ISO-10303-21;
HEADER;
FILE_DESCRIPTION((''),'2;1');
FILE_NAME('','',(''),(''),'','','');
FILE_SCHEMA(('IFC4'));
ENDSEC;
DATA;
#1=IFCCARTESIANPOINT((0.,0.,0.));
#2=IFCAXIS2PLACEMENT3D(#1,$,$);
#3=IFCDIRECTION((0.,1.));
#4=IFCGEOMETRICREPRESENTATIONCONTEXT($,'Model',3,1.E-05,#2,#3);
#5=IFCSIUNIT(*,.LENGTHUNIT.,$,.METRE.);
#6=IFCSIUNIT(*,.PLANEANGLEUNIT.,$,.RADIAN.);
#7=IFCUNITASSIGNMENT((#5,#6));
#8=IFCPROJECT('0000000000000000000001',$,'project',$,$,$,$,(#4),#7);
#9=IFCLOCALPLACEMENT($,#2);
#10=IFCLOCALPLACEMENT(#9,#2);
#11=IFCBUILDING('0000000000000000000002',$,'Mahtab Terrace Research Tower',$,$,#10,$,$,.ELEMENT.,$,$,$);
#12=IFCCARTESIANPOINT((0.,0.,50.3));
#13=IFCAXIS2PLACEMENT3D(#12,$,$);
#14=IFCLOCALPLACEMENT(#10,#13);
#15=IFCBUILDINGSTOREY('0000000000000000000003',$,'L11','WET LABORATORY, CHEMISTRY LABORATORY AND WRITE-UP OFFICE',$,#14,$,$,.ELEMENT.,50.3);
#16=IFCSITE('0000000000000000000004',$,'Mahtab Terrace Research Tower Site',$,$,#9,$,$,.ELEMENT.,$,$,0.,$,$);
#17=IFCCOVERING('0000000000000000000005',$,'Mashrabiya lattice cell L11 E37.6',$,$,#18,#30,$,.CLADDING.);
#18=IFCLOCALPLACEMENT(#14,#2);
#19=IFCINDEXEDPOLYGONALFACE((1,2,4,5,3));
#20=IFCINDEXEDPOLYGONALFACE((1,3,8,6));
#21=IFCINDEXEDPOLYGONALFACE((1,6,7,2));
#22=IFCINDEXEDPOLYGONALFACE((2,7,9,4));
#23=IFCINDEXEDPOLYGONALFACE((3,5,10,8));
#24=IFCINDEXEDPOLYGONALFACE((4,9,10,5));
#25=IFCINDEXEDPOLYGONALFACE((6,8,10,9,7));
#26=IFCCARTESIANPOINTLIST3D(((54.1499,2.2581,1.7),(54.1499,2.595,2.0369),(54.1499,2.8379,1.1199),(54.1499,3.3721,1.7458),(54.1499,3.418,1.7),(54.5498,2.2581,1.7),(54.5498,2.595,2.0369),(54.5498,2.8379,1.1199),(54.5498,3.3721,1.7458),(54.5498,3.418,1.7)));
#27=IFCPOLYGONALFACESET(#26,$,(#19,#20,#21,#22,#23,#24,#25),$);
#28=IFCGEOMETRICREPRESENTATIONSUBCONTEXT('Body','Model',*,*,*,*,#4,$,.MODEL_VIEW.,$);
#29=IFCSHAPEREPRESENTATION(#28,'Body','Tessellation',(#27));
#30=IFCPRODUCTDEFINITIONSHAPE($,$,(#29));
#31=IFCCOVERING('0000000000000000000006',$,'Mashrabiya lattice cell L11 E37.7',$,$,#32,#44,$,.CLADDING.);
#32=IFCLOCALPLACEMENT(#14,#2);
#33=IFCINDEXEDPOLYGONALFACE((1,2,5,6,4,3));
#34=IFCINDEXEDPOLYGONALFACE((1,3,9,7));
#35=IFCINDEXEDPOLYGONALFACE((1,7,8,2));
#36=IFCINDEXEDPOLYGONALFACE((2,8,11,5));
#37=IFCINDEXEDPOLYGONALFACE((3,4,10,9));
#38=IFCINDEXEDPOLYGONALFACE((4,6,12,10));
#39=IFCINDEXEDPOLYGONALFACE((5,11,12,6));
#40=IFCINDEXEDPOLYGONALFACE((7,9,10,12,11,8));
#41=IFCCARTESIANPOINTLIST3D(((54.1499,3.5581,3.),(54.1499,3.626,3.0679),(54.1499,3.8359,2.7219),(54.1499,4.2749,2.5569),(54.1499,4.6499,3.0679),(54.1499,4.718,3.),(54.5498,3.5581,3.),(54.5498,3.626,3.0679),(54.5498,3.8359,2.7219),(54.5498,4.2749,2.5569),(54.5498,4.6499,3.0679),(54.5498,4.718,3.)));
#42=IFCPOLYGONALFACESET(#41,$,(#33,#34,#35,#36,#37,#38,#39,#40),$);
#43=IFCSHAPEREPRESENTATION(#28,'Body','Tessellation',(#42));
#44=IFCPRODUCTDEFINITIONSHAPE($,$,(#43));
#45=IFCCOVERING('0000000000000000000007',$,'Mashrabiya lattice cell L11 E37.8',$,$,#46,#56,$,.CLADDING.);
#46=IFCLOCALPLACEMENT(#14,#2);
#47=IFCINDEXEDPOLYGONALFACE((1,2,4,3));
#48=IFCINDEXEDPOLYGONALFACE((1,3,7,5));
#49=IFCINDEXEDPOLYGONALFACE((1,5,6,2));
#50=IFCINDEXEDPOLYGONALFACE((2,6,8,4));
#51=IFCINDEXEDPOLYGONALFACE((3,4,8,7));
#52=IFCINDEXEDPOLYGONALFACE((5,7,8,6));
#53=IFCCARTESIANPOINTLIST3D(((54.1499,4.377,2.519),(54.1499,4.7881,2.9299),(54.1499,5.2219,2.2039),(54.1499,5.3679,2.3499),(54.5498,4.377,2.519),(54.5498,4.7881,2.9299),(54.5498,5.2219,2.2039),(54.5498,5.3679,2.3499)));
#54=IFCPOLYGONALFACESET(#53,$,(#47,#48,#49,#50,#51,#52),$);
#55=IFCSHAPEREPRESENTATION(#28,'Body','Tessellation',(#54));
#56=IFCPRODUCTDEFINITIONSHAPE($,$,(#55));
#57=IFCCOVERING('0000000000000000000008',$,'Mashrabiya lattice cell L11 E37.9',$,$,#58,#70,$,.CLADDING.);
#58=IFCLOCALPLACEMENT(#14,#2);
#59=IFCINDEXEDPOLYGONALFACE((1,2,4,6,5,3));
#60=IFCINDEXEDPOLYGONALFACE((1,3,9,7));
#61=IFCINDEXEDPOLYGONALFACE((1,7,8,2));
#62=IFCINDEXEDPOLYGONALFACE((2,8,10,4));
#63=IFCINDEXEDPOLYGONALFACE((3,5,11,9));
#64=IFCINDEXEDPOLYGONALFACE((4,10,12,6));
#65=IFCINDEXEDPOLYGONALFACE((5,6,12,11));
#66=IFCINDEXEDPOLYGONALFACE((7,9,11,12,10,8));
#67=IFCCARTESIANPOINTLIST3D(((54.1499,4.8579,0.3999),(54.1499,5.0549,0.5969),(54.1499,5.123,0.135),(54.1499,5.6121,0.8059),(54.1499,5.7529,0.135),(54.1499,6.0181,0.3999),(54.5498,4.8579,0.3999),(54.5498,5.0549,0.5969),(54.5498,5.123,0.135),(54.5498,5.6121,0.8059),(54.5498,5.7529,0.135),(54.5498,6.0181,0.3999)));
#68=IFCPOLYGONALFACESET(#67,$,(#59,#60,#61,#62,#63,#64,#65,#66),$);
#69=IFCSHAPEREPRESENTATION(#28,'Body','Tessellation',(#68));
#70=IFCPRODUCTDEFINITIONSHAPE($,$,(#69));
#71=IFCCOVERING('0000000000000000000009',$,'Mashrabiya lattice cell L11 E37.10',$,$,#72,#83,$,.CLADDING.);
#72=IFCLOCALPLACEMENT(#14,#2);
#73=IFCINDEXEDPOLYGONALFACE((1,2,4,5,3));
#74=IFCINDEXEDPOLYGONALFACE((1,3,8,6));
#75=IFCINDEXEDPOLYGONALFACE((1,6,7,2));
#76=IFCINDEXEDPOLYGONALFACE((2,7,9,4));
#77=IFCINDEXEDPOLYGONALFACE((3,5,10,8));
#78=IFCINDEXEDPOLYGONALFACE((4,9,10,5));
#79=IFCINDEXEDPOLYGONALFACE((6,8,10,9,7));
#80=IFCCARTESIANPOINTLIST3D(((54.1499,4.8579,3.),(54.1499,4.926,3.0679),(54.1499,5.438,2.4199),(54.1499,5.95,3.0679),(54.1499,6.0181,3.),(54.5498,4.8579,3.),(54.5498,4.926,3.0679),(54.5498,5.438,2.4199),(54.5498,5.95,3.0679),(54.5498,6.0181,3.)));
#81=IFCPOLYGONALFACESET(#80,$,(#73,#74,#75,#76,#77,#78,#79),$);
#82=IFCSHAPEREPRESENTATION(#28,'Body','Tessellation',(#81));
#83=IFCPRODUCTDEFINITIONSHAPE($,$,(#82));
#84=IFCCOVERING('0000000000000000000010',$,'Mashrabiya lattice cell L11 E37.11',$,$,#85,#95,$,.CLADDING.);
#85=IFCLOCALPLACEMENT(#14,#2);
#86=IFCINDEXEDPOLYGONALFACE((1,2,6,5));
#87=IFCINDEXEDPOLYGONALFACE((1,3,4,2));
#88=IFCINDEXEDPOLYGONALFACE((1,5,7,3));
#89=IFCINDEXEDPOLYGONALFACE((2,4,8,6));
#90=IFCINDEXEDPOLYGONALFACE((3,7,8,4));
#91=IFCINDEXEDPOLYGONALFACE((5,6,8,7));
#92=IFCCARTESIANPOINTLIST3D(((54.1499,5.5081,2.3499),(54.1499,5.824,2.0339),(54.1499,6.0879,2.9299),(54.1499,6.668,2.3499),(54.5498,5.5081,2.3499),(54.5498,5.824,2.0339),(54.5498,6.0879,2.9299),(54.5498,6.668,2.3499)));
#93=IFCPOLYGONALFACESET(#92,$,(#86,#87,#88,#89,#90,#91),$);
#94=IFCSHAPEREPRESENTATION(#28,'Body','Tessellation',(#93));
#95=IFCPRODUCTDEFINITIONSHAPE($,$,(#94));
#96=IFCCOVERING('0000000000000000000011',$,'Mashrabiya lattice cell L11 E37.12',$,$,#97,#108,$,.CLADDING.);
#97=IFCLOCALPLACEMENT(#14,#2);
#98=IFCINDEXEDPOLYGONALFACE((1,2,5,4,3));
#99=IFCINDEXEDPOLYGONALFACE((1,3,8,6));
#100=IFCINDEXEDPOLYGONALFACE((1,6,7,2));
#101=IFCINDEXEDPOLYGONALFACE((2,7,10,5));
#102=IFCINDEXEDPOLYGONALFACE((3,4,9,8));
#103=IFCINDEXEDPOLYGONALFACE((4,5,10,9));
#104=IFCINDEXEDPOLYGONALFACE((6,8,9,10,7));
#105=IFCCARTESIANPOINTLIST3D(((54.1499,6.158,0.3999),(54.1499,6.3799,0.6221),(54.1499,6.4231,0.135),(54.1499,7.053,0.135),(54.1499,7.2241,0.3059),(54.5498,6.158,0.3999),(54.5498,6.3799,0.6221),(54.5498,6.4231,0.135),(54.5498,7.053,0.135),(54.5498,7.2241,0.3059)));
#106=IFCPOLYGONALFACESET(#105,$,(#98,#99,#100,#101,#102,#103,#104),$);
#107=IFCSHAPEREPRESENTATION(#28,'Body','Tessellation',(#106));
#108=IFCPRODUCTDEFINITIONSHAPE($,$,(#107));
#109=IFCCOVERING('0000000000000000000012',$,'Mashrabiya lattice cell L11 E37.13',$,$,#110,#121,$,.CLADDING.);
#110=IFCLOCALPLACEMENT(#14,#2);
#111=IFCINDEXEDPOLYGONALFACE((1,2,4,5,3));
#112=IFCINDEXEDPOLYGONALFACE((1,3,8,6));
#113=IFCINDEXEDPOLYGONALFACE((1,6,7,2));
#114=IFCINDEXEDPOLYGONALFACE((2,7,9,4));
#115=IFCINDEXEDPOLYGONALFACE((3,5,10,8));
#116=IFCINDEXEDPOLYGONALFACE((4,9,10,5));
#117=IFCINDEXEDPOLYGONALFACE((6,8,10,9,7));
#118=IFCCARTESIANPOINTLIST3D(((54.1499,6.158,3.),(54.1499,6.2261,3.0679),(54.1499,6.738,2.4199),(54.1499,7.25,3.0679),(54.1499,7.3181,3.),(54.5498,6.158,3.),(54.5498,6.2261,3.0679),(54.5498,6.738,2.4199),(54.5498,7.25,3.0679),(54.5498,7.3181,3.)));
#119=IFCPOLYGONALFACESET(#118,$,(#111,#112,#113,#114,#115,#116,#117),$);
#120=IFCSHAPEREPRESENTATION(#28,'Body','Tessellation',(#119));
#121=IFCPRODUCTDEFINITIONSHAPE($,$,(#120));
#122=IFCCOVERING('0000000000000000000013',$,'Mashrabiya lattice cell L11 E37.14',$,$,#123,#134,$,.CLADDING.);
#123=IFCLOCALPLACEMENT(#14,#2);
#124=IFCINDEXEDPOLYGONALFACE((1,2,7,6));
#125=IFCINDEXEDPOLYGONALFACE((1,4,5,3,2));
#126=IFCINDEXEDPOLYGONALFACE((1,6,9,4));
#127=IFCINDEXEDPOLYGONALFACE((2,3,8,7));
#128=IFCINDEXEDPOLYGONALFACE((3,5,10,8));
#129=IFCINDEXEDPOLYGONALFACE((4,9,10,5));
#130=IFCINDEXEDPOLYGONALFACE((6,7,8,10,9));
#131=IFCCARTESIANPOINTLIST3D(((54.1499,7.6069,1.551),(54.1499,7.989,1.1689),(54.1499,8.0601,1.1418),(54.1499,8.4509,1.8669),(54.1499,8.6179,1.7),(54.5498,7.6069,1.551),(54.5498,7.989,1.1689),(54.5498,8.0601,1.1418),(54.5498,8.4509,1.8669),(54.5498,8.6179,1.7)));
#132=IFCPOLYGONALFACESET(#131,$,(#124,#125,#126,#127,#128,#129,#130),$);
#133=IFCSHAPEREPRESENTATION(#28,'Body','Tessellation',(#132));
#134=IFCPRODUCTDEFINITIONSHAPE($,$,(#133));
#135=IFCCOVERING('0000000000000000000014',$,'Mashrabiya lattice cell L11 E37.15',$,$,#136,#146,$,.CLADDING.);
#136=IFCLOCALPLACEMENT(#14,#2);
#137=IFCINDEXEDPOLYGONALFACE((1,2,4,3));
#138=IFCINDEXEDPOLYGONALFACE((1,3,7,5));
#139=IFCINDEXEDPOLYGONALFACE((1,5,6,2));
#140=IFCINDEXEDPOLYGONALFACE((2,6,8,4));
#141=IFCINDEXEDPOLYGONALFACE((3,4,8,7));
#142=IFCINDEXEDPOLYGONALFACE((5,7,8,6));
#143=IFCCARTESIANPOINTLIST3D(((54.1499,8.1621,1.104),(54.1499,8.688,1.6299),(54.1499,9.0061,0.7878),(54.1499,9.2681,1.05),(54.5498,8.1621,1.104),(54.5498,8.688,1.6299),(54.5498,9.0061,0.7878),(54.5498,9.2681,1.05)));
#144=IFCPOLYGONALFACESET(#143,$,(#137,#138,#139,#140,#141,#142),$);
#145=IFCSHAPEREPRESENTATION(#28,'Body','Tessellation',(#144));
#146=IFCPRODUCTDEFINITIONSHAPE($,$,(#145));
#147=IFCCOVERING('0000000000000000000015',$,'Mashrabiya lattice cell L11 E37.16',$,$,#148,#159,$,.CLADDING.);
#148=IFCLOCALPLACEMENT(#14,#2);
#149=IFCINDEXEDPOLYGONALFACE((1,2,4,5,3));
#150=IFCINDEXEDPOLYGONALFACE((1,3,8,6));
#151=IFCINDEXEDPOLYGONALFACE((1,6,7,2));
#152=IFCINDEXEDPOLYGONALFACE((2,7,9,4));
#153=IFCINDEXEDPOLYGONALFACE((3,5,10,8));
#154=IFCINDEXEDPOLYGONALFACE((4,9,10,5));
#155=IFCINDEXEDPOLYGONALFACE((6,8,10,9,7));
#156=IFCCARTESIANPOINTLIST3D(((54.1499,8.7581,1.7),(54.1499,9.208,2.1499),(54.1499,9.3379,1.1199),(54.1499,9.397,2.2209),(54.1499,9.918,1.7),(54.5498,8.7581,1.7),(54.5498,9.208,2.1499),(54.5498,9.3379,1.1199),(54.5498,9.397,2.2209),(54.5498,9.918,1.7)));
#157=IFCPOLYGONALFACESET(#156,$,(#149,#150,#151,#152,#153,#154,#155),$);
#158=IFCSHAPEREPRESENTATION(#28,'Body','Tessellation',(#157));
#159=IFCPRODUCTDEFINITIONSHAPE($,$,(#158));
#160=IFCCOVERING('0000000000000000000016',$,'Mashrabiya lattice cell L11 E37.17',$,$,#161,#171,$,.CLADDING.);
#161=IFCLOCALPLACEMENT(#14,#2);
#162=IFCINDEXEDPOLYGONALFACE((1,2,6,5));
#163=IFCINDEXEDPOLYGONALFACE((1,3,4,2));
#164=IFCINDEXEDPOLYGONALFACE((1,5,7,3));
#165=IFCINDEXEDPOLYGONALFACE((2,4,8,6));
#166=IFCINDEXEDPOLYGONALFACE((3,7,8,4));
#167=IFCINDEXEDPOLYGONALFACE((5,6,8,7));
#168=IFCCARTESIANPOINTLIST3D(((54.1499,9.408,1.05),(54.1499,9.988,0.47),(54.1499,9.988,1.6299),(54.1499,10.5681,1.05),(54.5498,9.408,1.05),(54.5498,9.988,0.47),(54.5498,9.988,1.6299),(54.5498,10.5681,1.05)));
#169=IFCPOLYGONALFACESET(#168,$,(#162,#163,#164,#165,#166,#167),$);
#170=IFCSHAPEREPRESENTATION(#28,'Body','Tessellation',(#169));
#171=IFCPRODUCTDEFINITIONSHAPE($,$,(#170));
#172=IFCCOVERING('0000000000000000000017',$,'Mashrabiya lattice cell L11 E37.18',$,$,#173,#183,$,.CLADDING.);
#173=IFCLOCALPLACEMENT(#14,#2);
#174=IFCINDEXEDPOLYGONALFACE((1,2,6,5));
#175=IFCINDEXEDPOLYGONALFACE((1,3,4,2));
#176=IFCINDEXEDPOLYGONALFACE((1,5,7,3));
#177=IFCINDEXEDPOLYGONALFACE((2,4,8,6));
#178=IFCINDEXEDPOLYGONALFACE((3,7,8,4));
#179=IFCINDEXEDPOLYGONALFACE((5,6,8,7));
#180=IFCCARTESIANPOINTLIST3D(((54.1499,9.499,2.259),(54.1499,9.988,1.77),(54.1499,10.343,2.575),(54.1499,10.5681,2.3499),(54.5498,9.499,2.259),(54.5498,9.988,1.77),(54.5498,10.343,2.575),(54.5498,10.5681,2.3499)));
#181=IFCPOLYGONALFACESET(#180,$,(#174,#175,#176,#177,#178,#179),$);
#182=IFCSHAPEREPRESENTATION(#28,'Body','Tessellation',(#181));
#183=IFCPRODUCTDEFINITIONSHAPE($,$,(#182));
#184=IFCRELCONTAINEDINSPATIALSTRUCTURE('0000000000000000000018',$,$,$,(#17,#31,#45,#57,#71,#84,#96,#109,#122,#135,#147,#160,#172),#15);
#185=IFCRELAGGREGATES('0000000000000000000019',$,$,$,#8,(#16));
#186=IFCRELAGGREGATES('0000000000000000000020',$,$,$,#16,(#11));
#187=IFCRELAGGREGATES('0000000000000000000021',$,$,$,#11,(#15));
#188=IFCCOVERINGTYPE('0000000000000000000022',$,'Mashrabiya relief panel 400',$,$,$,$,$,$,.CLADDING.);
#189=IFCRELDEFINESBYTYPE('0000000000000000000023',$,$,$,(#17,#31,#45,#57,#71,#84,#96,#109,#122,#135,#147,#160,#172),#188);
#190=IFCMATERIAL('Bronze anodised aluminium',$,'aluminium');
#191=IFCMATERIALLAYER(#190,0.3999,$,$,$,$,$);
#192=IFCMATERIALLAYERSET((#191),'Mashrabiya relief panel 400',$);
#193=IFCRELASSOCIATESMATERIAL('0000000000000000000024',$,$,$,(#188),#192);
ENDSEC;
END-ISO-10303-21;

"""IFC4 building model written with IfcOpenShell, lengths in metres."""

from ifc_helpers import new_model, si_unit, direction, frame, origin, place, context, subcontext, project, spatial, polyline, outline, extrude, material, layer, layer_set, type_object, element, save


model = new_model("IFC4")

# Units and contexts
model_context = context("Model", 3, precision=1e-05, world=origin(), true_north=direction((0.0, 1.0)))
body_context = subcontext(model_context, "Body", "Model", "MODEL_VIEW")
ifc_project = project(units=[si_unit("LENGTHUNIT", "METRE"), si_unit("PLANEANGLEUNIT", "RADIAN")], contexts=[model_context])

# Site, building, storey
site_placement = place(None, origin())
site = spatial("IfcSite", under=ifc_project, at=site_placement, Name="Mahtab Terrace Research Tower Site", CompositionType="ELEMENT", RefElevation=0.0)
building_placement = place(site_placement, origin())
building = spatial("IfcBuilding", under=site, at=building_placement, Name="Mahtab Terrace Research Tower", CompositionType="ELEMENT")
storey_placement = place(building_placement, frame((0.0, 0.0, 50.3)))
storey = spatial("IfcBuildingStorey", under=building, at=storey_placement, Name="L11", Description="WET LABORATORY, CHEMISTRY LABORATORY AND WRITE-UP OFFICE", CompositionType="ELEMENT", Elevation=50.3)

# Coverings
ifc_material_1 = material(Name="Bronze anodised aluminium", Category="aluminium")
ifc_layer_1 = layer(ifc_material_1, 0.3999)
ifc_layer_set_1 = layer_set([ifc_layer_1], Name="Mashrabiya relief panel 400")
covering_type = type_object("IfcCoveringType", Name="Mashrabiya relief panel 400", PredefinedType="CLADDING", material=ifc_layer_set_1)
covering_1_placement = place(storey_placement, frame((54.1499, 3.418, 1.7), z_axis=(-1.0, 0.0, 0.0), x_axis=(0.0, -0.707107, -0.707107)))
element("IfcCovering", 1, at=covering_1_placement, inside=storey, type_object=covering_type, Name="Mashrabiya lattice cell L11 E37.6", PredefinedType="CLADDING", context=body_context, shape_type="SweptSolid", body=[
    extrude(outline(polyline([(0.0, 0.0), (0.8204, 0.0), (0.8202, 0.8202), (0.3437, 0.8202), (0.0, 0.0649), (0.0, 0.0)])), origin(), (0.0, 0.0, -1.0), 0.3999),
])
covering_2_placement = place(storey_placement, frame((54.1499, 3.5581, 3.0), z_axis=(-1.0, 0.0, 0.0), x_axis=(0.0, 0.707107, 0.707107)))
element("IfcCovering", 2, at=covering_2_placement, inside=storey, type_object=covering_type, Name="Mashrabiya lattice cell L11 E37.7", PredefinedType="CLADDING", context=body_context, shape_type="SweptSolid", body=[
    extrude(outline(polyline([(0.0, 0.0), (0.096, 0.0), (0.82, 0.724), (0.8202, 0.8202), (0.1935, 0.8202), (-0.0002, 0.3931), (0.0, 0.0)])), origin(), (0.0, 0.0, -1.0), 0.3999),
])
covering_3_placement = place(storey_placement, frame((54.1499, 4.7881, 2.9299), z_axis=(-1.0, 0.0, 0.0), x_axis=(0.0, 0.706958, -0.707256)))
element("IfcCovering", 3, at=covering_3_placement, inside=storey, type_object=covering_type, Name="Mashrabiya lattice cell L11 E37.8", PredefinedType="CLADDING", context=body_context, shape_type="SweptSolid", body=[
    extrude(outline(polyline([(0.0, 0.0), (0.8202, 0.0), (0.8202, 0.2065), (-0.0001, 0.5813), (0.0, 0.0)])), origin(), (0.0, 0.0, -1.0), 0.3999),
])
covering_4_placement = place(storey_placement, frame((54.1499, 4.8579, 0.3999), z_axis=(-1.0, 0.0, 0.0), x_axis=(0.0, 0.707107, 0.707107)))
element("IfcCovering", 4, at=covering_4_placement, inside=storey, type_object=covering_type, Name="Mashrabiya lattice cell L11 E37.9", PredefinedType="CLADDING", context=body_context, shape_type="SweptSolid", body=[
    extrude(outline(polyline([(0.0, 0.0), (0.2786, 0.0), (0.8204, 0.2462), (0.8204, 0.8204), (0.4456, 0.8202), (0.0002, 0.3748), (0.0, 0.0)])), origin(), (0.0, 0.0, -1.0), 0.3999),
])
covering_5_placement = place(storey_placement, frame((54.1499, 6.0181, 3.0), z_axis=(-1.0, 0.0, 0.0), x_axis=(0.0, -0.707107, -0.707107)))
element("IfcCovering", 5, at=covering_5_placement, inside=storey, type_object=covering_type, Name="Mashrabiya lattice cell L11 E37.10", PredefinedType="CLADDING", context=body_context, shape_type="SweptSolid", body=[
    extrude(outline(polyline([(0.0, 0.0), (0.8204, 0.0), (0.8204, 0.8204), (0.7242, 0.8202), (0.0002, 0.0962), (0.0, 0.0)])), origin(), (0.0, 0.0, -1.0), 0.3999),
])
covering_6_placement = place(storey_placement, frame((54.1499, 5.5081, 2.3499), z_axis=(-1.0, 0.0, 0.0), x_axis=(0.0, 0.706958, 0.707256)))
element("IfcCovering", 6, at=covering_6_placement, inside=storey, type_object=covering_type, Name="Mashrabiya lattice cell L11 E37.11", PredefinedType="CLADDING", context=body_context, shape_type="SweptSolid", body=[
    extrude(outline(polyline([(0.0, 0.0), (0.8202, 0.0), (0.82, 0.8204), (-0.0001, 0.4468), (0.0, 0.0)])), origin(), (0.0, 0.0, -1.0), 0.3999),
])
covering_7_placement = place(storey_placement, frame((54.1499, 6.158, 0.3999), z_axis=(-1.0, 0.0, 0.0), x_axis=(0.0, 0.706718, 0.707495)))
element("IfcCovering", 7, at=covering_7_placement, inside=storey, type_object=covering_type, Name="Mashrabiya lattice cell L11 E37.12", PredefinedType="CLADDING", context=body_context, shape_type="SweptSolid", body=[
    extrude(outline(polyline([(0.0, 0.0), (0.314, 0.0), (0.687, 0.8207), (0.4451, 0.8204), (0.0, 0.3748), (0.0, 0.0)])), origin(), (0.0, 0.0, -1.0), 0.3999),
])
covering_8_placement = place(storey_placement, frame((54.1499, 7.3181, 3.0), z_axis=(-1.0, 0.0, 0.0), x_axis=(0.0, -0.707107, -0.707107)))
element("IfcCovering", 8, at=covering_8_placement, inside=storey, type_object=covering_type, Name="Mashrabiya lattice cell L11 E37.13", PredefinedType="CLADDING", context=body_context, shape_type="SweptSolid", body=[
    extrude(outline(polyline([(0.0, 0.0), (0.8204, 0.0), (0.8204, 0.8204), (0.7242, 0.8202), (0.0002, 0.0962), (0.0, 0.0)])), origin(), (0.0, 0.0, -1.0), 0.3999),
])
covering_9_placement = place(storey_placement, frame((54.1499, 7.6069, 1.551), z_axis=(-1.0, 0.0, 0.0), x_axis=(0.0, 0.936541, 0.350559)))
element("IfcCovering", 9, at=covering_9_placement, inside=storey, type_object=covering_type, Name="Mashrabiya lattice cell L11 E37.14", PredefinedType="CLADDING", context=body_context, shape_type="SweptSolid", body=[
    extrude(outline(polyline([(0.0, 0.0), (0.9012, 0.0), (0.999, 0.2149), (0.2809, 0.5421), (0.2239, 0.4918), (0.0, 0.0)])), origin(), (0.0, 0.0, -1.0), 0.3999),
])
covering_10_placement = place(storey_placement, frame((54.1499, 8.688, 1.6299), z_axis=(-1.0, 0.0, 0.0), x_axis=(0.0, 0.707256, -0.706958)))
element("IfcCovering", 10, at=covering_10_placement, inside=storey, type_object=covering_type, Name="Mashrabiya lattice cell L11 E37.15", PredefinedType="CLADDING", context=body_context, shape_type="SweptSolid", body=[
    extrude(outline(polyline([(0.0, 0.0), (0.8202, 0.0), (0.8203, 0.3706), (-0.0002, 0.7437), (0.0, 0.0)])), origin(), (0.0, 0.0, -1.0), 0.3999),
])
covering_11_placement = place(storey_placement, frame((54.1499, 9.918, 1.7), z_axis=(-1.0, 0.0, 0.0), x_axis=(0.0, -0.707107, -0.707107)))
element("IfcCovering", 11, at=covering_11_placement, inside=storey, type_object=covering_type, Name="Mashrabiya lattice cell L11 E37.16", PredefinedType="CLADDING", context=body_context, shape_type="SweptSolid", body=[
    extrude(outline(polyline([(0.0, 0.0), (0.8204, 0.0), (0.8202, 0.8202), (0.1839, 0.8202), (0.0, 0.7368), (0.0, 0.0)])), origin(), (0.0, 0.0, -1.0), 0.3999),
])
covering_12_placement = place(storey_placement, frame((54.1499, 9.988, 1.6299), z_axis=(-1.0, 0.0, 0.0), x_axis=(0.0, 0.707256, -0.706958)))
element("IfcCovering", 12, at=covering_12_placement, inside=storey, type_object=covering_type, Name="Mashrabiya lattice cell L11 E37.17", PredefinedType="CLADDING", context=body_context, shape_type="SweptSolid", body=[
    extrude(outline(polyline([(0.0, 0.0), (0.8202, 0.0), (0.82, 0.8204), (-0.0003, 0.8202), (0.0, 0.0)])), origin(), (0.0, 0.0, -1.0), 0.3999),
])
covering_13_placement = place(storey_placement, frame((54.1499, 10.5681, 2.3499), z_axis=(-1.0, 0.0, 0.0), x_axis=(0.0, -0.707256, -0.706958)))
element("IfcCovering", 13, at=covering_13_placement, inside=storey, type_object=covering_type, Name="Mashrabiya lattice cell L11 E37.18", PredefinedType="CLADDING", context=body_context, shape_type="SweptSolid", body=[
    extrude(outline(polyline([(0.0, 0.0), (0.8202, 0.0), (0.8203, 0.6916), (0.0001, 0.3183), (0.0, 0.0)])), origin(), (0.0, 0.0, -1.0), 0.3999),
])

save(model, "model.ifc")
